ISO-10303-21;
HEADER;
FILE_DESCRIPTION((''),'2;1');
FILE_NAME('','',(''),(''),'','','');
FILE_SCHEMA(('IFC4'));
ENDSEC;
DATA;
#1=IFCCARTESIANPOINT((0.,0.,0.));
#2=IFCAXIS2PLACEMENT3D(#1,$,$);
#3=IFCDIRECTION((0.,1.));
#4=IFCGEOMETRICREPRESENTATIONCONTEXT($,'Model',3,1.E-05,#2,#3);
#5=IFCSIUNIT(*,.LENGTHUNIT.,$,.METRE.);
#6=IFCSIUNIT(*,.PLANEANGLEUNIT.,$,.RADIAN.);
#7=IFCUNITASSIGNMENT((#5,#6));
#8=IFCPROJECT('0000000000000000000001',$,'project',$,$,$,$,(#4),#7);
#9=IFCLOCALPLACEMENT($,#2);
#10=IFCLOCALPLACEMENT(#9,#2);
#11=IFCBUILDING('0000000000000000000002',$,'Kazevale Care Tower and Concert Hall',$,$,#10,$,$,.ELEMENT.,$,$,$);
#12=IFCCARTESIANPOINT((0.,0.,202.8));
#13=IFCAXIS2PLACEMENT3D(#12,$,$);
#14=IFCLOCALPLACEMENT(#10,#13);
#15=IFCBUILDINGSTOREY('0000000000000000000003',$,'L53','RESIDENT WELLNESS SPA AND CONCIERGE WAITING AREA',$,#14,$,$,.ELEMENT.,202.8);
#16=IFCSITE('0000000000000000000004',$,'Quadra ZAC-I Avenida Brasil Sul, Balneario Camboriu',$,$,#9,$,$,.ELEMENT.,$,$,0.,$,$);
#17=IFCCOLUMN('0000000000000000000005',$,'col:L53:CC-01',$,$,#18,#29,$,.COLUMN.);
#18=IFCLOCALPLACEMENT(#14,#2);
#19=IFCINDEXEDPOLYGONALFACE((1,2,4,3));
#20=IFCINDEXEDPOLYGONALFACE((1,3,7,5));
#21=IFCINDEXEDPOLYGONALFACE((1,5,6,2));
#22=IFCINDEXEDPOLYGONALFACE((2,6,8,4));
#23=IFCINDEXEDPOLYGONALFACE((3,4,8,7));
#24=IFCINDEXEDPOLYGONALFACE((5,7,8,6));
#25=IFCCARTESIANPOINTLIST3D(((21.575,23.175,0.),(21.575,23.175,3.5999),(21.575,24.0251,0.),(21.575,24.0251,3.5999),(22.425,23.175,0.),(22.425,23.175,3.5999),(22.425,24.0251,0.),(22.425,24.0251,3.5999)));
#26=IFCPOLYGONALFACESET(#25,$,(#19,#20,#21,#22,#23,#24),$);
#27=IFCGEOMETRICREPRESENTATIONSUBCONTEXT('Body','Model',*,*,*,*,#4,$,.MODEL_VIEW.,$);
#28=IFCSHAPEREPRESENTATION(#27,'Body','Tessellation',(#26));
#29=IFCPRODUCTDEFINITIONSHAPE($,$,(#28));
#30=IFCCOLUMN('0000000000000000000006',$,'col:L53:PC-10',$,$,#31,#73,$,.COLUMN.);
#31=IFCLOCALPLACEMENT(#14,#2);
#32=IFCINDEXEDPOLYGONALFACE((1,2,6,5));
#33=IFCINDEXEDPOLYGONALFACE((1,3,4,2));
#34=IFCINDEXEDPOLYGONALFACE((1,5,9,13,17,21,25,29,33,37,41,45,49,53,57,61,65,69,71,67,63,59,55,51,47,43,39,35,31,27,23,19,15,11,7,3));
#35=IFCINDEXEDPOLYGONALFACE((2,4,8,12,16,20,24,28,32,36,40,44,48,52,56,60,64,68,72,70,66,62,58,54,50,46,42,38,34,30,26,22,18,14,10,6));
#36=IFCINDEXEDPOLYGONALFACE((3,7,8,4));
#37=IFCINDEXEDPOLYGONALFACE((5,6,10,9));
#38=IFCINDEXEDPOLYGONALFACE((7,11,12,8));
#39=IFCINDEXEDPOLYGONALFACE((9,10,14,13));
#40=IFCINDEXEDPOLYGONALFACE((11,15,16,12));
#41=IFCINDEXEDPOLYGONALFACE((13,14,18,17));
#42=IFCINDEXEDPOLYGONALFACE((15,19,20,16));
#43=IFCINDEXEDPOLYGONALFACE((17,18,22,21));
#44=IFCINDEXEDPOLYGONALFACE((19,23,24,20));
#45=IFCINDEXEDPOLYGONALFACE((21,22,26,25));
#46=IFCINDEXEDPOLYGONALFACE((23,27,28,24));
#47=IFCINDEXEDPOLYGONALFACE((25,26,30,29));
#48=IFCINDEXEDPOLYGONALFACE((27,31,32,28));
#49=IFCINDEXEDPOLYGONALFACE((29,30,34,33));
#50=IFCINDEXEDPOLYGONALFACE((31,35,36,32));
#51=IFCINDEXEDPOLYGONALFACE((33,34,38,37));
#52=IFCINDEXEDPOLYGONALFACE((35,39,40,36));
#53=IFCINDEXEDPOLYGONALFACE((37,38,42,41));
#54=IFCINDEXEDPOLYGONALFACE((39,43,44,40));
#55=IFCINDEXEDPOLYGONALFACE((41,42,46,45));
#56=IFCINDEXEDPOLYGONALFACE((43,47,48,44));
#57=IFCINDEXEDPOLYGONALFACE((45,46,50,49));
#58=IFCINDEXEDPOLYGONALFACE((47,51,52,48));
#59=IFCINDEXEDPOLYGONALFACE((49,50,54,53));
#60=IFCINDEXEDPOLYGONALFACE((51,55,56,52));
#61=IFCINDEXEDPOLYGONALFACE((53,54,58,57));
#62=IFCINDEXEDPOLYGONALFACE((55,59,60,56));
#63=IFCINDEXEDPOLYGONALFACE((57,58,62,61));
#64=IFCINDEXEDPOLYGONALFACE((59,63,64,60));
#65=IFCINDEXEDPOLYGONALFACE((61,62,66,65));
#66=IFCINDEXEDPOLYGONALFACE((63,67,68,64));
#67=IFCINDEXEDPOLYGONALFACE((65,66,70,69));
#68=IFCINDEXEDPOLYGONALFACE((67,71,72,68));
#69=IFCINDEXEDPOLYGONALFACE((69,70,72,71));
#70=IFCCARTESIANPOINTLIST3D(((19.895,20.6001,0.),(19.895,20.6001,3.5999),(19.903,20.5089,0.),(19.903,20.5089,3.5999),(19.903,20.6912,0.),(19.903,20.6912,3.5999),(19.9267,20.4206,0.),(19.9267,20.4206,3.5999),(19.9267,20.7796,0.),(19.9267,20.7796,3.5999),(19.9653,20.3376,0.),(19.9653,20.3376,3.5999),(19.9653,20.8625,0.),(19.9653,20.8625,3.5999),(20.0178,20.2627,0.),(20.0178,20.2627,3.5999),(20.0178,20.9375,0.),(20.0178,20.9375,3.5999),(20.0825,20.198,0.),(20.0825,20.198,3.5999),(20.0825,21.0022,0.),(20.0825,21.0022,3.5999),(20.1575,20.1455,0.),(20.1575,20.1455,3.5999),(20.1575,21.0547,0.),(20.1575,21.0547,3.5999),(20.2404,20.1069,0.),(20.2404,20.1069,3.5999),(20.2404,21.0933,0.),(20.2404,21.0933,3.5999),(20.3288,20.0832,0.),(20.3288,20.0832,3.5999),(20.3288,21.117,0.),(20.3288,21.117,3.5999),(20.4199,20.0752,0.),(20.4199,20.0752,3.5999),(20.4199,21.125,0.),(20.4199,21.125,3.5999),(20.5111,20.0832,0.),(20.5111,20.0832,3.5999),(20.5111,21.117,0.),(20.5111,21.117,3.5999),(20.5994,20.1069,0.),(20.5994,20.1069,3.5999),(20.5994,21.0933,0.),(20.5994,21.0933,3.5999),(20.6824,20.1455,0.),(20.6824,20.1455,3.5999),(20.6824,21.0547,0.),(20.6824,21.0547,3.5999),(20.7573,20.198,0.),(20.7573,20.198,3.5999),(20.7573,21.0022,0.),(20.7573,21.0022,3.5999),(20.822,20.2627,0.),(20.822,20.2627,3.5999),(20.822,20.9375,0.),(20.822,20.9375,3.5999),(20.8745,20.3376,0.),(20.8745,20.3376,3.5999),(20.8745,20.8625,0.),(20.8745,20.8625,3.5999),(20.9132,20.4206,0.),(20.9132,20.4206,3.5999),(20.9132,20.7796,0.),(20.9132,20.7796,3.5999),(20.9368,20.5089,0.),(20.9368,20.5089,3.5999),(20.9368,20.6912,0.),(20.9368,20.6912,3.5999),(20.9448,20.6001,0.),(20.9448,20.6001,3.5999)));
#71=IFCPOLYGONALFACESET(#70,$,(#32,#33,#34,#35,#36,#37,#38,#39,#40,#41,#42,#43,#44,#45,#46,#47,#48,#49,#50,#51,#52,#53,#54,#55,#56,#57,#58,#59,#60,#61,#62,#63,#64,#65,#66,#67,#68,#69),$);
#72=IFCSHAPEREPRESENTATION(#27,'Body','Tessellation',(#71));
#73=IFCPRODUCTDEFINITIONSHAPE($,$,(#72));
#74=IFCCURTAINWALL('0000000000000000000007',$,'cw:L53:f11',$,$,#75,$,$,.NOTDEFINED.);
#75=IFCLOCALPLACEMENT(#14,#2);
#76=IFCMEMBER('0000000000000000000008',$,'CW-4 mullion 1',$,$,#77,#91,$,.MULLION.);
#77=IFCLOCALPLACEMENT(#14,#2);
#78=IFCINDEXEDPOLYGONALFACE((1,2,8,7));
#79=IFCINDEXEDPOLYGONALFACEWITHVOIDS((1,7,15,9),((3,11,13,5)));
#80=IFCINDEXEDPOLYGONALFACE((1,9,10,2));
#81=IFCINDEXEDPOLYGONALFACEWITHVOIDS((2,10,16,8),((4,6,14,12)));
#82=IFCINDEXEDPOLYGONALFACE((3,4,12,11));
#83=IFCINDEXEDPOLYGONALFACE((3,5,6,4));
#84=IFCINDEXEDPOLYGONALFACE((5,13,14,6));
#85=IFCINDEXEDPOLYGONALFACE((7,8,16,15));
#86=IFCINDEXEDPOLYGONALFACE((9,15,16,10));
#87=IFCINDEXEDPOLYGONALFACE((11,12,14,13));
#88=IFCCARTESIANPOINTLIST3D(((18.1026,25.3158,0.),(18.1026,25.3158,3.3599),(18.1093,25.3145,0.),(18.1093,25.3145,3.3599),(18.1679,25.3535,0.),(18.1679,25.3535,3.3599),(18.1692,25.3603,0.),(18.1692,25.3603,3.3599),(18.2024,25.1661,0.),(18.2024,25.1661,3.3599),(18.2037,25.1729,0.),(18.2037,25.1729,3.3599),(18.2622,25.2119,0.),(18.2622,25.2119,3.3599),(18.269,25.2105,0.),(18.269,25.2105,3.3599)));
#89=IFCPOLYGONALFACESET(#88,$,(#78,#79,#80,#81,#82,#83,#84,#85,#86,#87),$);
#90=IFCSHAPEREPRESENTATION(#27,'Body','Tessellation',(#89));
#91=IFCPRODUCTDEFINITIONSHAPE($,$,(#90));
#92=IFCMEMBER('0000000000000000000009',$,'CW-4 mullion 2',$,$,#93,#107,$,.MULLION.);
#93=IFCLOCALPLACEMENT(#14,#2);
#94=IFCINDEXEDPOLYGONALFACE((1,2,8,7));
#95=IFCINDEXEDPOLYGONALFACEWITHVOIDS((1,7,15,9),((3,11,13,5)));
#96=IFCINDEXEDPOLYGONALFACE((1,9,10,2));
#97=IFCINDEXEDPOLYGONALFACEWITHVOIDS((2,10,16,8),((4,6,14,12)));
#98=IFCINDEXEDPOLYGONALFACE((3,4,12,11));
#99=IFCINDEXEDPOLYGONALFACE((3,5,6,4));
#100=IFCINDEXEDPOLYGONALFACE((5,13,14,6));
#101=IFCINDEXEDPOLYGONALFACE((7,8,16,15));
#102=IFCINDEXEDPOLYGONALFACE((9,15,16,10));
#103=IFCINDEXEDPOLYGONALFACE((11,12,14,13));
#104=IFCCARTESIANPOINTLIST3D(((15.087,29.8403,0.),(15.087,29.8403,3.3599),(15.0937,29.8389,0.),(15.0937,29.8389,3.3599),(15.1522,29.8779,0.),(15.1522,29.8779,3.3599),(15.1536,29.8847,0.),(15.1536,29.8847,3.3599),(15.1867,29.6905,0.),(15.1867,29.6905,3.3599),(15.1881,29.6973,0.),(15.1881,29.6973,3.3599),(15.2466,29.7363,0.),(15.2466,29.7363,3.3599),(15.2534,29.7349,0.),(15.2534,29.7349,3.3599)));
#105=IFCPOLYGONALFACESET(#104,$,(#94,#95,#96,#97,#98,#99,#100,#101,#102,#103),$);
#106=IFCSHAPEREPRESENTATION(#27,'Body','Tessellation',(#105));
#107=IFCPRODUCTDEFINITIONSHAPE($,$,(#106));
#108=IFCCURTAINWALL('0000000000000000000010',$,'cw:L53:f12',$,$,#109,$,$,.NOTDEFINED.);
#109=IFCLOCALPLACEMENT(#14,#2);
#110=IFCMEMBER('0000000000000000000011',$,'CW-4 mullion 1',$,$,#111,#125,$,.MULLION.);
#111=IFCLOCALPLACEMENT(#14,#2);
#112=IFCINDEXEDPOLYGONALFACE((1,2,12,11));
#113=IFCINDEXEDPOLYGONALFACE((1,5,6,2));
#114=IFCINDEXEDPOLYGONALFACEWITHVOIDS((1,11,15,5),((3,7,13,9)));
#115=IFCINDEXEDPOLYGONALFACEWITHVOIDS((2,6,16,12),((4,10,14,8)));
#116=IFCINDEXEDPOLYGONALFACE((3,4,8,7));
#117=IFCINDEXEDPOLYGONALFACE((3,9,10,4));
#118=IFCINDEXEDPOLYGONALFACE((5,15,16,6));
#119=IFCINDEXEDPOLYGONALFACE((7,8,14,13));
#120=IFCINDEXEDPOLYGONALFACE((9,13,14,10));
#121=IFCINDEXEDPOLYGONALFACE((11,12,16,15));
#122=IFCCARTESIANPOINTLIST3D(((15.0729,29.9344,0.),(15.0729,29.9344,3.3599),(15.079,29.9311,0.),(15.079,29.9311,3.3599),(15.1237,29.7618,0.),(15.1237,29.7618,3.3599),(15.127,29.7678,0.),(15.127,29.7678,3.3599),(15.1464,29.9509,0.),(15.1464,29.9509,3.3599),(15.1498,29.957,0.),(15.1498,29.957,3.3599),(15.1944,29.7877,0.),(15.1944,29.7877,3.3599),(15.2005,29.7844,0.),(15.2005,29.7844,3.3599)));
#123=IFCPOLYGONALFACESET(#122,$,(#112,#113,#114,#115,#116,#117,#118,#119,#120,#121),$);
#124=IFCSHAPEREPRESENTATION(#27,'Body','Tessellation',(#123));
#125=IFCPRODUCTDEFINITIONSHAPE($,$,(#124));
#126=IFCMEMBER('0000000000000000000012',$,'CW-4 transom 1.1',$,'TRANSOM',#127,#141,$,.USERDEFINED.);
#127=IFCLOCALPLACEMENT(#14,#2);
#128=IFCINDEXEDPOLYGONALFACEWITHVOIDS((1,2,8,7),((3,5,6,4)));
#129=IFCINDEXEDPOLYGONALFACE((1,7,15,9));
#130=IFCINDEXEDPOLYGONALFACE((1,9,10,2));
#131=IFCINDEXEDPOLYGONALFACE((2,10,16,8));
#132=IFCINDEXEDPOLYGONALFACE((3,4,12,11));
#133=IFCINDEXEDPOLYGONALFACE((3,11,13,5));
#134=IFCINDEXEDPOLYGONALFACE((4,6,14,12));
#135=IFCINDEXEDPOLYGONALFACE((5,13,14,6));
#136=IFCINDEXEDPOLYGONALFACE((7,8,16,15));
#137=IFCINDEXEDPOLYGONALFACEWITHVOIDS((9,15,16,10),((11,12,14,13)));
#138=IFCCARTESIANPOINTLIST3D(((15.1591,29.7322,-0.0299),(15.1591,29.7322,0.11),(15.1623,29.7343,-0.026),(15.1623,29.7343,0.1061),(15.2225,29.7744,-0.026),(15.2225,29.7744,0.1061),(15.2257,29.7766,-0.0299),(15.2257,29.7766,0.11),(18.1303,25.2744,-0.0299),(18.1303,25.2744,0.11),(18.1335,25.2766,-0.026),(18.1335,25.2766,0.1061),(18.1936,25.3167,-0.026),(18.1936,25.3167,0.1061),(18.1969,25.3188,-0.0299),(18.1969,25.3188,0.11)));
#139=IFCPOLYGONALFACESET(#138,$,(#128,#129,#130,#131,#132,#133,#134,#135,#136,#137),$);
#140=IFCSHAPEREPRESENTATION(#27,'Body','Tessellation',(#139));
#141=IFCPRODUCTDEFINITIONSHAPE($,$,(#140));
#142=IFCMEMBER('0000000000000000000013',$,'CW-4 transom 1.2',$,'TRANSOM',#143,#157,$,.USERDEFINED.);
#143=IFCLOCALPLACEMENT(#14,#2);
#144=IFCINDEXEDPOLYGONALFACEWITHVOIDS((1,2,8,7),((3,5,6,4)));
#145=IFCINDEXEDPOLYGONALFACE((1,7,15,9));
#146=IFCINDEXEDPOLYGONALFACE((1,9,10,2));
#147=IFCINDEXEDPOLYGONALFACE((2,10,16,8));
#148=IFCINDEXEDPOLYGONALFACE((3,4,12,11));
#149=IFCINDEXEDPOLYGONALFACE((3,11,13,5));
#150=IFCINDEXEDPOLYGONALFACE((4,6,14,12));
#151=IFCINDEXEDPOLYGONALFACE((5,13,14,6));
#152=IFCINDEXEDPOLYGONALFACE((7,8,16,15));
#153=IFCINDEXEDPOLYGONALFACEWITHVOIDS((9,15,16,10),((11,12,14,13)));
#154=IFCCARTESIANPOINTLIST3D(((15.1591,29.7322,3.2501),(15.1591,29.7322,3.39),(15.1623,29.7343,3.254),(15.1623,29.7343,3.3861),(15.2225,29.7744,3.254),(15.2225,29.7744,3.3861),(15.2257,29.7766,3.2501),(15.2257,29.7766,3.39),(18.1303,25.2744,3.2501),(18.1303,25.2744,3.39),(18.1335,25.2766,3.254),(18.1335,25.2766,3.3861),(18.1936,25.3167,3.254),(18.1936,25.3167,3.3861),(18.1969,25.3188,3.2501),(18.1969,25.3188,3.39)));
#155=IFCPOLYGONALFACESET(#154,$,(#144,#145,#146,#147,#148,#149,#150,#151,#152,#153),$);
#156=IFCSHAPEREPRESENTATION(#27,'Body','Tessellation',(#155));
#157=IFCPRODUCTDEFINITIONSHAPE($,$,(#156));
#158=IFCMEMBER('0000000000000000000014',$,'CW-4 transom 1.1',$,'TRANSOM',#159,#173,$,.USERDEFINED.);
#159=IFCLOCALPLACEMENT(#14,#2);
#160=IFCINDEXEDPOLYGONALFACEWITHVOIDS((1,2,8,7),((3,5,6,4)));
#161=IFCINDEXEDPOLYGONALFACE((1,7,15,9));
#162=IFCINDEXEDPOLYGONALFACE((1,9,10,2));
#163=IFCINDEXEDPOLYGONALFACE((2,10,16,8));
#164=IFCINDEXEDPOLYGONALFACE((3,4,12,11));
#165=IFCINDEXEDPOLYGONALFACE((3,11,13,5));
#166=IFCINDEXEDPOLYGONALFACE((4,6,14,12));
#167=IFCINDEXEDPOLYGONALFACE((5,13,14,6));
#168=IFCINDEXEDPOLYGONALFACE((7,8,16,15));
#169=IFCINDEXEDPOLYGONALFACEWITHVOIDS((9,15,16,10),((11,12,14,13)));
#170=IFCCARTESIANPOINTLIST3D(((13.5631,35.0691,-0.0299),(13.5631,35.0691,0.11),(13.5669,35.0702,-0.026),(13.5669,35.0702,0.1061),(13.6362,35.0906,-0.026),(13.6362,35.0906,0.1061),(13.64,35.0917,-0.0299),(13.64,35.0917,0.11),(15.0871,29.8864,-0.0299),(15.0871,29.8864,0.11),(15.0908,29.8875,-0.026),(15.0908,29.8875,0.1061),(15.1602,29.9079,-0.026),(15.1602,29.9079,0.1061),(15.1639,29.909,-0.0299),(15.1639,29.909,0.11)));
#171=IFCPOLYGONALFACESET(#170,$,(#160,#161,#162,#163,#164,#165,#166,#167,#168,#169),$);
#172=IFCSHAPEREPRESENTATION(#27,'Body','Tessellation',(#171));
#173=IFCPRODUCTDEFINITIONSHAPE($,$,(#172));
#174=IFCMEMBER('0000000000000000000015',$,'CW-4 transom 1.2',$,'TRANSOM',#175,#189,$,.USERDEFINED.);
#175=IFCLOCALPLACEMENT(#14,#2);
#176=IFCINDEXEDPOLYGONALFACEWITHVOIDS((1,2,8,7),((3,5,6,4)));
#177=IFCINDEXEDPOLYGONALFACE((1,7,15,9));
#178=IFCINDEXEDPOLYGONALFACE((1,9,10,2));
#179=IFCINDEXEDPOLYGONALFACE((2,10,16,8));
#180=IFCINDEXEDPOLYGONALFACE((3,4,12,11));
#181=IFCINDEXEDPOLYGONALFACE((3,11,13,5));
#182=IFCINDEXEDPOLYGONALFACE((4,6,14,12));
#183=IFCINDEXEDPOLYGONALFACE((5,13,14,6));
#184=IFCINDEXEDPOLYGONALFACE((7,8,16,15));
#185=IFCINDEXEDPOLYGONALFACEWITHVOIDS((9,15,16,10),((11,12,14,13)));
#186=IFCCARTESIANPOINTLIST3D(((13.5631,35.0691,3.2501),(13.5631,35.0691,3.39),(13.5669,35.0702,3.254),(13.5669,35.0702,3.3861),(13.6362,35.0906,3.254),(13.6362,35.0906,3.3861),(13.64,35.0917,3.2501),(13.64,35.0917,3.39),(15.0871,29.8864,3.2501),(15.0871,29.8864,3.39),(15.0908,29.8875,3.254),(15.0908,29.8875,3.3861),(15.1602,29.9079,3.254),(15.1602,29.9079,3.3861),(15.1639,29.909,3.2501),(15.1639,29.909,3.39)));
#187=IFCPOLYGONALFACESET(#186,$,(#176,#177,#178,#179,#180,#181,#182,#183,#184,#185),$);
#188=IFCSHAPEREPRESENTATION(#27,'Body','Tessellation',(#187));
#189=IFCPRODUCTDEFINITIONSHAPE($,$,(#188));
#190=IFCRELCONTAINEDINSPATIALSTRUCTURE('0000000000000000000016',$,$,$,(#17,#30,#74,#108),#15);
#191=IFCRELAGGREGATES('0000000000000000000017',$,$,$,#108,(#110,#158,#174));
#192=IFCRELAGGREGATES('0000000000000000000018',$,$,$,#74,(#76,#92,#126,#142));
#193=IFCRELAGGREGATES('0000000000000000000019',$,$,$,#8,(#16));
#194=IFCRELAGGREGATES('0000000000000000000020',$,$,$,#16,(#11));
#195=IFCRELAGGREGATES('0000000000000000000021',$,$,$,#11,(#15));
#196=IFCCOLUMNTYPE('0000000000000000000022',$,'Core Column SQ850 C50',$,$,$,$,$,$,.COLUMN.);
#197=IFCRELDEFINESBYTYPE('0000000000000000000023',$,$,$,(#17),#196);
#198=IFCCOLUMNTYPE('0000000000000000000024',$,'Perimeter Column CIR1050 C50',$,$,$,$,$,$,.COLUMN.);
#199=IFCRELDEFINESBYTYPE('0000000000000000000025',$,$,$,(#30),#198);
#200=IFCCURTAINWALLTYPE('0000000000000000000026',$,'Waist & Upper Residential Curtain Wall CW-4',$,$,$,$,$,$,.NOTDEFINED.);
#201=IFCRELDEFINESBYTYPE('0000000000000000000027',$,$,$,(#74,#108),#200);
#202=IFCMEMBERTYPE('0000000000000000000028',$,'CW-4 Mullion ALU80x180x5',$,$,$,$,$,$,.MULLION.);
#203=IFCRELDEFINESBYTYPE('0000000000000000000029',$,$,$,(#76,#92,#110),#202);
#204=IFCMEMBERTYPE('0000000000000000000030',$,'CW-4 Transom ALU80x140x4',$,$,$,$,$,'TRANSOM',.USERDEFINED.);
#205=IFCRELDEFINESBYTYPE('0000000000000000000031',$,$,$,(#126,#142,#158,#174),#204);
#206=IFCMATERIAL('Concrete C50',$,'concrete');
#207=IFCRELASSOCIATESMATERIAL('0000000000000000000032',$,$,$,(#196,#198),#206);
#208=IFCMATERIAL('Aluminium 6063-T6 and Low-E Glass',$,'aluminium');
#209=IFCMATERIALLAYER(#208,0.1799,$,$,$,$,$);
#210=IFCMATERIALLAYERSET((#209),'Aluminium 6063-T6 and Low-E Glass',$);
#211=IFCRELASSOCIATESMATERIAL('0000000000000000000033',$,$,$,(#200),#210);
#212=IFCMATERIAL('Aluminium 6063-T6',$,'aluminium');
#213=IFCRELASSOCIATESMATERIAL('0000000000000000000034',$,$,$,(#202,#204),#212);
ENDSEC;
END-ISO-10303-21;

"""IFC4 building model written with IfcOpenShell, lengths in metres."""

from ifc_helpers import new_model, si_unit, direction, frame, origin, origin_2d, place, context, subcontext, project, spatial, rectangle, hollow_rectangle, circle, extrude, material, layer, layer_set, material_profile, profile_set, type_object, element, aggregate, save


model = new_model("IFC4")

# Units and contexts
model_context = context("Model", 3, precision=1e-05, world=origin(), true_north=direction((0.0, 1.0)))
body_context = subcontext(model_context, "Body", "Model", "MODEL_VIEW")
ifc_project = project(units=[si_unit("LENGTHUNIT", "METRE"), si_unit("PLANEANGLEUNIT", "RADIAN")], contexts=[model_context])

# Site, building, storey
site_placement = place(None, origin())
site = spatial("IfcSite", under=ifc_project, at=site_placement, Name="Quadra ZAC-I Avenida Brasil Sul, Balneario Camboriu", CompositionType="ELEMENT", RefElevation=0.0)
building_placement = place(site_placement, origin())
building = spatial("IfcBuilding", under=site, at=building_placement, Name="Kazevale Care Tower and Concert Hall", CompositionType="ELEMENT")
storey_placement = place(building_placement, frame((0.0, 0.0, 202.8)))
storey = spatial("IfcBuildingStorey", under=building, at=storey_placement, Name="L53", Description="RESIDENT WELLNESS SPA AND CONCIERGE WAITING AREA", CompositionType="ELEMENT", Elevation=202.8)

# Columns
ifc_material_1 = material(Name="Concrete C50", Category="concrete")
ifc_material_profile_1 = material_profile(ifc_material_1, rectangle(XDim=0.8501, YDim=0.8501, at=origin_2d()), Name="RC-SQ850")
ifc_profile_set_1 = profile_set([ifc_material_profile_1], Name="Concrete C50")
column_type_1 = type_object("IfcColumnType", Name="Core Column SQ850 C50", PredefinedType="COLUMN", material=ifc_profile_set_1)
column_1_placement = place(storey_placement, frame((22.0, 23.6001, 0.0), z_axis=(0.0, 0.0, 1.0), x_axis=(1.0, 0.0, 0.0)))
element("IfcColumn", 1, at=column_1_placement, inside=storey, type_object=column_type_1, Name="col:L53:CC-01", PredefinedType="COLUMN", context=body_context, shape_type="SweptSolid", body=[
    extrude(rectangle(XDim=0.8501, YDim=0.8501, at=origin_2d()), origin(), (0.0, 0.0, 1.0), 3.5999),
])
ifc_material_profile_2 = material_profile(ifc_material_1, circle(Radius=0.5249, at=origin_2d()), Name="RC-CIR1050")
ifc_profile_set_2 = profile_set([ifc_material_profile_2], Name="Concrete C50")
column_type_2 = type_object("IfcColumnType", Name="Perimeter Column CIR1050 C50", PredefinedType="COLUMN", material=ifc_profile_set_2)
column_2_placement = place(storey_placement, frame((20.4199, 20.6001, 0.0), z_axis=(0.0, 0.0, 1.0), x_axis=(1.0, 0.0, 0.0)))
element("IfcColumn", 2, at=column_2_placement, inside=storey, type_object=column_type_2, Name="col:L53:PC-10", PredefinedType="COLUMN", context=body_context, shape_type="SweptSolid", body=[
    extrude(circle(Radius=0.5249, at=origin_2d()), origin(), (0.0, 0.0, 1.0), 3.5999),
])

# Curtain wall, members
ifc_material_2 = material(Name="Aluminium 6063-T6 and Low-E Glass", Category="aluminium")
ifc_layer_1 = layer(ifc_material_2, 0.1799)
ifc_layer_set_1 = layer_set([ifc_layer_1], Name="Aluminium 6063-T6 and Low-E Glass")
curtain_wall_type_1 = type_object("IfcCurtainWallType", Name="Waist & Upper Residential Curtain Wall CW-4", PredefinedType="NOTDEFINED", material=ifc_layer_set_1)
curtain_wall_1_placement = place(storey_placement, origin())
curtain_wall_1 = element("IfcCurtainWall", 3, at=curtain_wall_1_placement, inside=storey, type_object=curtain_wall_type_1, Name="cw:L53:f11", PredefinedType="NOTDEFINED")
ifc_material_3 = material(Name="Aluminium 6063-T6", Category="aluminium")
ifc_material_profile_3 = material_profile(ifc_material_3, hollow_rectangle(XDim=0.0801, YDim=0.1799, WallThickness=0.0049, at=origin_2d()), Name="ALU80x180x5")
ifc_profile_set_3 = profile_set([ifc_material_profile_3], Name="Aluminium 6063-T6")
member_type_1 = type_object("IfcMemberType", Name="CW-4 Mullion ALU80x180x5", PredefinedType="MULLION", material=ifc_profile_set_3)
member_1_placement = place(storey_placement, frame((18.1858, 25.2632, 0.0), z_axis=(0.0, 0.0, 1.0), x_axis=(-0.832106, -0.554617, 0.0)))
member_1 = element("IfcMember", 4, at=member_1_placement, type_object=member_type_1, Name="CW-4 mullion 1", PredefinedType="MULLION", context=body_context, shape_type="SweptSolid", body=[
    extrude(hollow_rectangle(XDim=0.0801, YDim=0.1799, WallThickness=0.0049, at=origin_2d()), origin(), (0.0, 0.0, 1.0), 3.3599),
])
member_2_placement = place(storey_placement, frame((15.1702, 29.7876, 0.0), z_axis=(0.0, 0.0, 1.0), x_axis=(-0.832106, -0.554617, 0.0)))
member_2 = element("IfcMember", 5, at=member_2_placement, type_object=member_type_1, Name="CW-4 mullion 2", PredefinedType="MULLION", context=body_context, shape_type="SweptSolid", body=[
    extrude(hollow_rectangle(XDim=0.0801, YDim=0.1799, WallThickness=0.0049, at=origin_2d()), origin(), (0.0, 0.0, 1.0), 3.3599),
])

# Curtain wall, member
curtain_wall_2_placement = place(storey_placement, origin())
curtain_wall_2 = element("IfcCurtainWall", 6, at=curtain_wall_2_placement, inside=storey, type_object=curtain_wall_type_1, Name="cw:L53:f12", PredefinedType="NOTDEFINED")
member_3_placement = place(storey_placement, frame((15.1367, 29.8594, 0.0), z_axis=(0.0, 0.0, 1.0), x_axis=(-0.959386, -0.282098, 0.0)))
member_3 = element("IfcMember", 7, at=member_3_placement, type_object=member_type_1, Name="CW-4 mullion 1", PredefinedType="MULLION", context=body_context, shape_type="SweptSolid", body=[
    extrude(hollow_rectangle(XDim=0.0801, YDim=0.1799, WallThickness=0.0049, at=origin_2d()), origin(), (0.0, 0.0, 1.0), 3.3599),
])

# Members
ifc_material_profile_4 = material_profile(ifc_material_3, hollow_rectangle(XDim=0.0801, YDim=0.1399, WallThickness=0.0039, at=origin_2d()), Name="ALU80x140x4")
ifc_profile_set_4 = profile_set([ifc_material_profile_4], Name="Aluminium 6063-T6")
member_type_2 = type_object("IfcMemberType", Name="CW-4 Transom ALU80x140x4", ElementType="TRANSOM", PredefinedType="USERDEFINED", material=ifc_profile_set_4)
member_4_placement = place(storey_placement, frame((18.1636, 25.2966, 0.04), z_axis=(-0.554616, 0.832106, 0.0), x_axis=(-0.832106, -0.554616, 0.0)))
member_4 = element("IfcMember", 8, at=member_4_placement, type_object=member_type_2, Name="CW-4 transom 1.1", ObjectType="TRANSOM", PredefinedType="USERDEFINED", context=body_context, shape_type="SweptSolid", body=[
    extrude(hollow_rectangle(XDim=0.0801, YDim=0.1399, WallThickness=0.0039, at=origin_2d()), origin(), (0.0, 0.0, 1.0), 5.3572),
])
member_5_placement = place(storey_placement, frame((18.1636, 25.2966, 3.3201), z_axis=(-0.554616, 0.832106, 0.0), x_axis=(-0.832106, -0.554616, 0.0)))
member_5 = element("IfcMember", 9, at=member_5_placement, type_object=member_type_2, Name="CW-4 transom 1.2", ObjectType="TRANSOM", PredefinedType="USERDEFINED", context=body_context, shape_type="SweptSolid", body=[
    extrude(hollow_rectangle(XDim=0.0801, YDim=0.1399, WallThickness=0.0039, at=origin_2d()), origin(), (0.0, 0.0, 1.0), 5.3572),
])
member_6_placement = place(storey_placement, frame((15.1255, 29.8977, 0.04), z_axis=(-0.282103, 0.959384, 0.0), x_axis=(-0.959384, -0.282103, 0.0)))
member_6 = element("IfcMember", 10, at=member_6_placement, type_object=member_type_2, Name="CW-4 transom 1.1", ObjectType="TRANSOM", PredefinedType="USERDEFINED", context=body_context, shape_type="SweptSolid", body=[
    extrude(hollow_rectangle(XDim=0.0801, YDim=0.1399, WallThickness=0.0039, at=origin_2d()), origin(), (0.0, 0.0, 1.0), 5.4021),
])
member_7_placement = place(storey_placement, frame((15.1255, 29.8977, 3.3201), z_axis=(-0.282103, 0.959384, 0.0), x_axis=(-0.959384, -0.282103, 0.0)))
member_7 = element("IfcMember", 11, at=member_7_placement, type_object=member_type_2, Name="CW-4 transom 1.2", ObjectType="TRANSOM", PredefinedType="USERDEFINED", context=body_context, shape_type="SweptSolid", body=[
    extrude(hollow_rectangle(XDim=0.0801, YDim=0.1399, WallThickness=0.0039, at=origin_2d()), origin(), (0.0, 0.0, 1.0), 5.4021),
])
aggregate(curtain_wall_2, [member_3, member_6, member_7])

aggregate(curtain_wall_1, [member_1, member_2, member_4, member_5])

save(model, "model.ifc")
